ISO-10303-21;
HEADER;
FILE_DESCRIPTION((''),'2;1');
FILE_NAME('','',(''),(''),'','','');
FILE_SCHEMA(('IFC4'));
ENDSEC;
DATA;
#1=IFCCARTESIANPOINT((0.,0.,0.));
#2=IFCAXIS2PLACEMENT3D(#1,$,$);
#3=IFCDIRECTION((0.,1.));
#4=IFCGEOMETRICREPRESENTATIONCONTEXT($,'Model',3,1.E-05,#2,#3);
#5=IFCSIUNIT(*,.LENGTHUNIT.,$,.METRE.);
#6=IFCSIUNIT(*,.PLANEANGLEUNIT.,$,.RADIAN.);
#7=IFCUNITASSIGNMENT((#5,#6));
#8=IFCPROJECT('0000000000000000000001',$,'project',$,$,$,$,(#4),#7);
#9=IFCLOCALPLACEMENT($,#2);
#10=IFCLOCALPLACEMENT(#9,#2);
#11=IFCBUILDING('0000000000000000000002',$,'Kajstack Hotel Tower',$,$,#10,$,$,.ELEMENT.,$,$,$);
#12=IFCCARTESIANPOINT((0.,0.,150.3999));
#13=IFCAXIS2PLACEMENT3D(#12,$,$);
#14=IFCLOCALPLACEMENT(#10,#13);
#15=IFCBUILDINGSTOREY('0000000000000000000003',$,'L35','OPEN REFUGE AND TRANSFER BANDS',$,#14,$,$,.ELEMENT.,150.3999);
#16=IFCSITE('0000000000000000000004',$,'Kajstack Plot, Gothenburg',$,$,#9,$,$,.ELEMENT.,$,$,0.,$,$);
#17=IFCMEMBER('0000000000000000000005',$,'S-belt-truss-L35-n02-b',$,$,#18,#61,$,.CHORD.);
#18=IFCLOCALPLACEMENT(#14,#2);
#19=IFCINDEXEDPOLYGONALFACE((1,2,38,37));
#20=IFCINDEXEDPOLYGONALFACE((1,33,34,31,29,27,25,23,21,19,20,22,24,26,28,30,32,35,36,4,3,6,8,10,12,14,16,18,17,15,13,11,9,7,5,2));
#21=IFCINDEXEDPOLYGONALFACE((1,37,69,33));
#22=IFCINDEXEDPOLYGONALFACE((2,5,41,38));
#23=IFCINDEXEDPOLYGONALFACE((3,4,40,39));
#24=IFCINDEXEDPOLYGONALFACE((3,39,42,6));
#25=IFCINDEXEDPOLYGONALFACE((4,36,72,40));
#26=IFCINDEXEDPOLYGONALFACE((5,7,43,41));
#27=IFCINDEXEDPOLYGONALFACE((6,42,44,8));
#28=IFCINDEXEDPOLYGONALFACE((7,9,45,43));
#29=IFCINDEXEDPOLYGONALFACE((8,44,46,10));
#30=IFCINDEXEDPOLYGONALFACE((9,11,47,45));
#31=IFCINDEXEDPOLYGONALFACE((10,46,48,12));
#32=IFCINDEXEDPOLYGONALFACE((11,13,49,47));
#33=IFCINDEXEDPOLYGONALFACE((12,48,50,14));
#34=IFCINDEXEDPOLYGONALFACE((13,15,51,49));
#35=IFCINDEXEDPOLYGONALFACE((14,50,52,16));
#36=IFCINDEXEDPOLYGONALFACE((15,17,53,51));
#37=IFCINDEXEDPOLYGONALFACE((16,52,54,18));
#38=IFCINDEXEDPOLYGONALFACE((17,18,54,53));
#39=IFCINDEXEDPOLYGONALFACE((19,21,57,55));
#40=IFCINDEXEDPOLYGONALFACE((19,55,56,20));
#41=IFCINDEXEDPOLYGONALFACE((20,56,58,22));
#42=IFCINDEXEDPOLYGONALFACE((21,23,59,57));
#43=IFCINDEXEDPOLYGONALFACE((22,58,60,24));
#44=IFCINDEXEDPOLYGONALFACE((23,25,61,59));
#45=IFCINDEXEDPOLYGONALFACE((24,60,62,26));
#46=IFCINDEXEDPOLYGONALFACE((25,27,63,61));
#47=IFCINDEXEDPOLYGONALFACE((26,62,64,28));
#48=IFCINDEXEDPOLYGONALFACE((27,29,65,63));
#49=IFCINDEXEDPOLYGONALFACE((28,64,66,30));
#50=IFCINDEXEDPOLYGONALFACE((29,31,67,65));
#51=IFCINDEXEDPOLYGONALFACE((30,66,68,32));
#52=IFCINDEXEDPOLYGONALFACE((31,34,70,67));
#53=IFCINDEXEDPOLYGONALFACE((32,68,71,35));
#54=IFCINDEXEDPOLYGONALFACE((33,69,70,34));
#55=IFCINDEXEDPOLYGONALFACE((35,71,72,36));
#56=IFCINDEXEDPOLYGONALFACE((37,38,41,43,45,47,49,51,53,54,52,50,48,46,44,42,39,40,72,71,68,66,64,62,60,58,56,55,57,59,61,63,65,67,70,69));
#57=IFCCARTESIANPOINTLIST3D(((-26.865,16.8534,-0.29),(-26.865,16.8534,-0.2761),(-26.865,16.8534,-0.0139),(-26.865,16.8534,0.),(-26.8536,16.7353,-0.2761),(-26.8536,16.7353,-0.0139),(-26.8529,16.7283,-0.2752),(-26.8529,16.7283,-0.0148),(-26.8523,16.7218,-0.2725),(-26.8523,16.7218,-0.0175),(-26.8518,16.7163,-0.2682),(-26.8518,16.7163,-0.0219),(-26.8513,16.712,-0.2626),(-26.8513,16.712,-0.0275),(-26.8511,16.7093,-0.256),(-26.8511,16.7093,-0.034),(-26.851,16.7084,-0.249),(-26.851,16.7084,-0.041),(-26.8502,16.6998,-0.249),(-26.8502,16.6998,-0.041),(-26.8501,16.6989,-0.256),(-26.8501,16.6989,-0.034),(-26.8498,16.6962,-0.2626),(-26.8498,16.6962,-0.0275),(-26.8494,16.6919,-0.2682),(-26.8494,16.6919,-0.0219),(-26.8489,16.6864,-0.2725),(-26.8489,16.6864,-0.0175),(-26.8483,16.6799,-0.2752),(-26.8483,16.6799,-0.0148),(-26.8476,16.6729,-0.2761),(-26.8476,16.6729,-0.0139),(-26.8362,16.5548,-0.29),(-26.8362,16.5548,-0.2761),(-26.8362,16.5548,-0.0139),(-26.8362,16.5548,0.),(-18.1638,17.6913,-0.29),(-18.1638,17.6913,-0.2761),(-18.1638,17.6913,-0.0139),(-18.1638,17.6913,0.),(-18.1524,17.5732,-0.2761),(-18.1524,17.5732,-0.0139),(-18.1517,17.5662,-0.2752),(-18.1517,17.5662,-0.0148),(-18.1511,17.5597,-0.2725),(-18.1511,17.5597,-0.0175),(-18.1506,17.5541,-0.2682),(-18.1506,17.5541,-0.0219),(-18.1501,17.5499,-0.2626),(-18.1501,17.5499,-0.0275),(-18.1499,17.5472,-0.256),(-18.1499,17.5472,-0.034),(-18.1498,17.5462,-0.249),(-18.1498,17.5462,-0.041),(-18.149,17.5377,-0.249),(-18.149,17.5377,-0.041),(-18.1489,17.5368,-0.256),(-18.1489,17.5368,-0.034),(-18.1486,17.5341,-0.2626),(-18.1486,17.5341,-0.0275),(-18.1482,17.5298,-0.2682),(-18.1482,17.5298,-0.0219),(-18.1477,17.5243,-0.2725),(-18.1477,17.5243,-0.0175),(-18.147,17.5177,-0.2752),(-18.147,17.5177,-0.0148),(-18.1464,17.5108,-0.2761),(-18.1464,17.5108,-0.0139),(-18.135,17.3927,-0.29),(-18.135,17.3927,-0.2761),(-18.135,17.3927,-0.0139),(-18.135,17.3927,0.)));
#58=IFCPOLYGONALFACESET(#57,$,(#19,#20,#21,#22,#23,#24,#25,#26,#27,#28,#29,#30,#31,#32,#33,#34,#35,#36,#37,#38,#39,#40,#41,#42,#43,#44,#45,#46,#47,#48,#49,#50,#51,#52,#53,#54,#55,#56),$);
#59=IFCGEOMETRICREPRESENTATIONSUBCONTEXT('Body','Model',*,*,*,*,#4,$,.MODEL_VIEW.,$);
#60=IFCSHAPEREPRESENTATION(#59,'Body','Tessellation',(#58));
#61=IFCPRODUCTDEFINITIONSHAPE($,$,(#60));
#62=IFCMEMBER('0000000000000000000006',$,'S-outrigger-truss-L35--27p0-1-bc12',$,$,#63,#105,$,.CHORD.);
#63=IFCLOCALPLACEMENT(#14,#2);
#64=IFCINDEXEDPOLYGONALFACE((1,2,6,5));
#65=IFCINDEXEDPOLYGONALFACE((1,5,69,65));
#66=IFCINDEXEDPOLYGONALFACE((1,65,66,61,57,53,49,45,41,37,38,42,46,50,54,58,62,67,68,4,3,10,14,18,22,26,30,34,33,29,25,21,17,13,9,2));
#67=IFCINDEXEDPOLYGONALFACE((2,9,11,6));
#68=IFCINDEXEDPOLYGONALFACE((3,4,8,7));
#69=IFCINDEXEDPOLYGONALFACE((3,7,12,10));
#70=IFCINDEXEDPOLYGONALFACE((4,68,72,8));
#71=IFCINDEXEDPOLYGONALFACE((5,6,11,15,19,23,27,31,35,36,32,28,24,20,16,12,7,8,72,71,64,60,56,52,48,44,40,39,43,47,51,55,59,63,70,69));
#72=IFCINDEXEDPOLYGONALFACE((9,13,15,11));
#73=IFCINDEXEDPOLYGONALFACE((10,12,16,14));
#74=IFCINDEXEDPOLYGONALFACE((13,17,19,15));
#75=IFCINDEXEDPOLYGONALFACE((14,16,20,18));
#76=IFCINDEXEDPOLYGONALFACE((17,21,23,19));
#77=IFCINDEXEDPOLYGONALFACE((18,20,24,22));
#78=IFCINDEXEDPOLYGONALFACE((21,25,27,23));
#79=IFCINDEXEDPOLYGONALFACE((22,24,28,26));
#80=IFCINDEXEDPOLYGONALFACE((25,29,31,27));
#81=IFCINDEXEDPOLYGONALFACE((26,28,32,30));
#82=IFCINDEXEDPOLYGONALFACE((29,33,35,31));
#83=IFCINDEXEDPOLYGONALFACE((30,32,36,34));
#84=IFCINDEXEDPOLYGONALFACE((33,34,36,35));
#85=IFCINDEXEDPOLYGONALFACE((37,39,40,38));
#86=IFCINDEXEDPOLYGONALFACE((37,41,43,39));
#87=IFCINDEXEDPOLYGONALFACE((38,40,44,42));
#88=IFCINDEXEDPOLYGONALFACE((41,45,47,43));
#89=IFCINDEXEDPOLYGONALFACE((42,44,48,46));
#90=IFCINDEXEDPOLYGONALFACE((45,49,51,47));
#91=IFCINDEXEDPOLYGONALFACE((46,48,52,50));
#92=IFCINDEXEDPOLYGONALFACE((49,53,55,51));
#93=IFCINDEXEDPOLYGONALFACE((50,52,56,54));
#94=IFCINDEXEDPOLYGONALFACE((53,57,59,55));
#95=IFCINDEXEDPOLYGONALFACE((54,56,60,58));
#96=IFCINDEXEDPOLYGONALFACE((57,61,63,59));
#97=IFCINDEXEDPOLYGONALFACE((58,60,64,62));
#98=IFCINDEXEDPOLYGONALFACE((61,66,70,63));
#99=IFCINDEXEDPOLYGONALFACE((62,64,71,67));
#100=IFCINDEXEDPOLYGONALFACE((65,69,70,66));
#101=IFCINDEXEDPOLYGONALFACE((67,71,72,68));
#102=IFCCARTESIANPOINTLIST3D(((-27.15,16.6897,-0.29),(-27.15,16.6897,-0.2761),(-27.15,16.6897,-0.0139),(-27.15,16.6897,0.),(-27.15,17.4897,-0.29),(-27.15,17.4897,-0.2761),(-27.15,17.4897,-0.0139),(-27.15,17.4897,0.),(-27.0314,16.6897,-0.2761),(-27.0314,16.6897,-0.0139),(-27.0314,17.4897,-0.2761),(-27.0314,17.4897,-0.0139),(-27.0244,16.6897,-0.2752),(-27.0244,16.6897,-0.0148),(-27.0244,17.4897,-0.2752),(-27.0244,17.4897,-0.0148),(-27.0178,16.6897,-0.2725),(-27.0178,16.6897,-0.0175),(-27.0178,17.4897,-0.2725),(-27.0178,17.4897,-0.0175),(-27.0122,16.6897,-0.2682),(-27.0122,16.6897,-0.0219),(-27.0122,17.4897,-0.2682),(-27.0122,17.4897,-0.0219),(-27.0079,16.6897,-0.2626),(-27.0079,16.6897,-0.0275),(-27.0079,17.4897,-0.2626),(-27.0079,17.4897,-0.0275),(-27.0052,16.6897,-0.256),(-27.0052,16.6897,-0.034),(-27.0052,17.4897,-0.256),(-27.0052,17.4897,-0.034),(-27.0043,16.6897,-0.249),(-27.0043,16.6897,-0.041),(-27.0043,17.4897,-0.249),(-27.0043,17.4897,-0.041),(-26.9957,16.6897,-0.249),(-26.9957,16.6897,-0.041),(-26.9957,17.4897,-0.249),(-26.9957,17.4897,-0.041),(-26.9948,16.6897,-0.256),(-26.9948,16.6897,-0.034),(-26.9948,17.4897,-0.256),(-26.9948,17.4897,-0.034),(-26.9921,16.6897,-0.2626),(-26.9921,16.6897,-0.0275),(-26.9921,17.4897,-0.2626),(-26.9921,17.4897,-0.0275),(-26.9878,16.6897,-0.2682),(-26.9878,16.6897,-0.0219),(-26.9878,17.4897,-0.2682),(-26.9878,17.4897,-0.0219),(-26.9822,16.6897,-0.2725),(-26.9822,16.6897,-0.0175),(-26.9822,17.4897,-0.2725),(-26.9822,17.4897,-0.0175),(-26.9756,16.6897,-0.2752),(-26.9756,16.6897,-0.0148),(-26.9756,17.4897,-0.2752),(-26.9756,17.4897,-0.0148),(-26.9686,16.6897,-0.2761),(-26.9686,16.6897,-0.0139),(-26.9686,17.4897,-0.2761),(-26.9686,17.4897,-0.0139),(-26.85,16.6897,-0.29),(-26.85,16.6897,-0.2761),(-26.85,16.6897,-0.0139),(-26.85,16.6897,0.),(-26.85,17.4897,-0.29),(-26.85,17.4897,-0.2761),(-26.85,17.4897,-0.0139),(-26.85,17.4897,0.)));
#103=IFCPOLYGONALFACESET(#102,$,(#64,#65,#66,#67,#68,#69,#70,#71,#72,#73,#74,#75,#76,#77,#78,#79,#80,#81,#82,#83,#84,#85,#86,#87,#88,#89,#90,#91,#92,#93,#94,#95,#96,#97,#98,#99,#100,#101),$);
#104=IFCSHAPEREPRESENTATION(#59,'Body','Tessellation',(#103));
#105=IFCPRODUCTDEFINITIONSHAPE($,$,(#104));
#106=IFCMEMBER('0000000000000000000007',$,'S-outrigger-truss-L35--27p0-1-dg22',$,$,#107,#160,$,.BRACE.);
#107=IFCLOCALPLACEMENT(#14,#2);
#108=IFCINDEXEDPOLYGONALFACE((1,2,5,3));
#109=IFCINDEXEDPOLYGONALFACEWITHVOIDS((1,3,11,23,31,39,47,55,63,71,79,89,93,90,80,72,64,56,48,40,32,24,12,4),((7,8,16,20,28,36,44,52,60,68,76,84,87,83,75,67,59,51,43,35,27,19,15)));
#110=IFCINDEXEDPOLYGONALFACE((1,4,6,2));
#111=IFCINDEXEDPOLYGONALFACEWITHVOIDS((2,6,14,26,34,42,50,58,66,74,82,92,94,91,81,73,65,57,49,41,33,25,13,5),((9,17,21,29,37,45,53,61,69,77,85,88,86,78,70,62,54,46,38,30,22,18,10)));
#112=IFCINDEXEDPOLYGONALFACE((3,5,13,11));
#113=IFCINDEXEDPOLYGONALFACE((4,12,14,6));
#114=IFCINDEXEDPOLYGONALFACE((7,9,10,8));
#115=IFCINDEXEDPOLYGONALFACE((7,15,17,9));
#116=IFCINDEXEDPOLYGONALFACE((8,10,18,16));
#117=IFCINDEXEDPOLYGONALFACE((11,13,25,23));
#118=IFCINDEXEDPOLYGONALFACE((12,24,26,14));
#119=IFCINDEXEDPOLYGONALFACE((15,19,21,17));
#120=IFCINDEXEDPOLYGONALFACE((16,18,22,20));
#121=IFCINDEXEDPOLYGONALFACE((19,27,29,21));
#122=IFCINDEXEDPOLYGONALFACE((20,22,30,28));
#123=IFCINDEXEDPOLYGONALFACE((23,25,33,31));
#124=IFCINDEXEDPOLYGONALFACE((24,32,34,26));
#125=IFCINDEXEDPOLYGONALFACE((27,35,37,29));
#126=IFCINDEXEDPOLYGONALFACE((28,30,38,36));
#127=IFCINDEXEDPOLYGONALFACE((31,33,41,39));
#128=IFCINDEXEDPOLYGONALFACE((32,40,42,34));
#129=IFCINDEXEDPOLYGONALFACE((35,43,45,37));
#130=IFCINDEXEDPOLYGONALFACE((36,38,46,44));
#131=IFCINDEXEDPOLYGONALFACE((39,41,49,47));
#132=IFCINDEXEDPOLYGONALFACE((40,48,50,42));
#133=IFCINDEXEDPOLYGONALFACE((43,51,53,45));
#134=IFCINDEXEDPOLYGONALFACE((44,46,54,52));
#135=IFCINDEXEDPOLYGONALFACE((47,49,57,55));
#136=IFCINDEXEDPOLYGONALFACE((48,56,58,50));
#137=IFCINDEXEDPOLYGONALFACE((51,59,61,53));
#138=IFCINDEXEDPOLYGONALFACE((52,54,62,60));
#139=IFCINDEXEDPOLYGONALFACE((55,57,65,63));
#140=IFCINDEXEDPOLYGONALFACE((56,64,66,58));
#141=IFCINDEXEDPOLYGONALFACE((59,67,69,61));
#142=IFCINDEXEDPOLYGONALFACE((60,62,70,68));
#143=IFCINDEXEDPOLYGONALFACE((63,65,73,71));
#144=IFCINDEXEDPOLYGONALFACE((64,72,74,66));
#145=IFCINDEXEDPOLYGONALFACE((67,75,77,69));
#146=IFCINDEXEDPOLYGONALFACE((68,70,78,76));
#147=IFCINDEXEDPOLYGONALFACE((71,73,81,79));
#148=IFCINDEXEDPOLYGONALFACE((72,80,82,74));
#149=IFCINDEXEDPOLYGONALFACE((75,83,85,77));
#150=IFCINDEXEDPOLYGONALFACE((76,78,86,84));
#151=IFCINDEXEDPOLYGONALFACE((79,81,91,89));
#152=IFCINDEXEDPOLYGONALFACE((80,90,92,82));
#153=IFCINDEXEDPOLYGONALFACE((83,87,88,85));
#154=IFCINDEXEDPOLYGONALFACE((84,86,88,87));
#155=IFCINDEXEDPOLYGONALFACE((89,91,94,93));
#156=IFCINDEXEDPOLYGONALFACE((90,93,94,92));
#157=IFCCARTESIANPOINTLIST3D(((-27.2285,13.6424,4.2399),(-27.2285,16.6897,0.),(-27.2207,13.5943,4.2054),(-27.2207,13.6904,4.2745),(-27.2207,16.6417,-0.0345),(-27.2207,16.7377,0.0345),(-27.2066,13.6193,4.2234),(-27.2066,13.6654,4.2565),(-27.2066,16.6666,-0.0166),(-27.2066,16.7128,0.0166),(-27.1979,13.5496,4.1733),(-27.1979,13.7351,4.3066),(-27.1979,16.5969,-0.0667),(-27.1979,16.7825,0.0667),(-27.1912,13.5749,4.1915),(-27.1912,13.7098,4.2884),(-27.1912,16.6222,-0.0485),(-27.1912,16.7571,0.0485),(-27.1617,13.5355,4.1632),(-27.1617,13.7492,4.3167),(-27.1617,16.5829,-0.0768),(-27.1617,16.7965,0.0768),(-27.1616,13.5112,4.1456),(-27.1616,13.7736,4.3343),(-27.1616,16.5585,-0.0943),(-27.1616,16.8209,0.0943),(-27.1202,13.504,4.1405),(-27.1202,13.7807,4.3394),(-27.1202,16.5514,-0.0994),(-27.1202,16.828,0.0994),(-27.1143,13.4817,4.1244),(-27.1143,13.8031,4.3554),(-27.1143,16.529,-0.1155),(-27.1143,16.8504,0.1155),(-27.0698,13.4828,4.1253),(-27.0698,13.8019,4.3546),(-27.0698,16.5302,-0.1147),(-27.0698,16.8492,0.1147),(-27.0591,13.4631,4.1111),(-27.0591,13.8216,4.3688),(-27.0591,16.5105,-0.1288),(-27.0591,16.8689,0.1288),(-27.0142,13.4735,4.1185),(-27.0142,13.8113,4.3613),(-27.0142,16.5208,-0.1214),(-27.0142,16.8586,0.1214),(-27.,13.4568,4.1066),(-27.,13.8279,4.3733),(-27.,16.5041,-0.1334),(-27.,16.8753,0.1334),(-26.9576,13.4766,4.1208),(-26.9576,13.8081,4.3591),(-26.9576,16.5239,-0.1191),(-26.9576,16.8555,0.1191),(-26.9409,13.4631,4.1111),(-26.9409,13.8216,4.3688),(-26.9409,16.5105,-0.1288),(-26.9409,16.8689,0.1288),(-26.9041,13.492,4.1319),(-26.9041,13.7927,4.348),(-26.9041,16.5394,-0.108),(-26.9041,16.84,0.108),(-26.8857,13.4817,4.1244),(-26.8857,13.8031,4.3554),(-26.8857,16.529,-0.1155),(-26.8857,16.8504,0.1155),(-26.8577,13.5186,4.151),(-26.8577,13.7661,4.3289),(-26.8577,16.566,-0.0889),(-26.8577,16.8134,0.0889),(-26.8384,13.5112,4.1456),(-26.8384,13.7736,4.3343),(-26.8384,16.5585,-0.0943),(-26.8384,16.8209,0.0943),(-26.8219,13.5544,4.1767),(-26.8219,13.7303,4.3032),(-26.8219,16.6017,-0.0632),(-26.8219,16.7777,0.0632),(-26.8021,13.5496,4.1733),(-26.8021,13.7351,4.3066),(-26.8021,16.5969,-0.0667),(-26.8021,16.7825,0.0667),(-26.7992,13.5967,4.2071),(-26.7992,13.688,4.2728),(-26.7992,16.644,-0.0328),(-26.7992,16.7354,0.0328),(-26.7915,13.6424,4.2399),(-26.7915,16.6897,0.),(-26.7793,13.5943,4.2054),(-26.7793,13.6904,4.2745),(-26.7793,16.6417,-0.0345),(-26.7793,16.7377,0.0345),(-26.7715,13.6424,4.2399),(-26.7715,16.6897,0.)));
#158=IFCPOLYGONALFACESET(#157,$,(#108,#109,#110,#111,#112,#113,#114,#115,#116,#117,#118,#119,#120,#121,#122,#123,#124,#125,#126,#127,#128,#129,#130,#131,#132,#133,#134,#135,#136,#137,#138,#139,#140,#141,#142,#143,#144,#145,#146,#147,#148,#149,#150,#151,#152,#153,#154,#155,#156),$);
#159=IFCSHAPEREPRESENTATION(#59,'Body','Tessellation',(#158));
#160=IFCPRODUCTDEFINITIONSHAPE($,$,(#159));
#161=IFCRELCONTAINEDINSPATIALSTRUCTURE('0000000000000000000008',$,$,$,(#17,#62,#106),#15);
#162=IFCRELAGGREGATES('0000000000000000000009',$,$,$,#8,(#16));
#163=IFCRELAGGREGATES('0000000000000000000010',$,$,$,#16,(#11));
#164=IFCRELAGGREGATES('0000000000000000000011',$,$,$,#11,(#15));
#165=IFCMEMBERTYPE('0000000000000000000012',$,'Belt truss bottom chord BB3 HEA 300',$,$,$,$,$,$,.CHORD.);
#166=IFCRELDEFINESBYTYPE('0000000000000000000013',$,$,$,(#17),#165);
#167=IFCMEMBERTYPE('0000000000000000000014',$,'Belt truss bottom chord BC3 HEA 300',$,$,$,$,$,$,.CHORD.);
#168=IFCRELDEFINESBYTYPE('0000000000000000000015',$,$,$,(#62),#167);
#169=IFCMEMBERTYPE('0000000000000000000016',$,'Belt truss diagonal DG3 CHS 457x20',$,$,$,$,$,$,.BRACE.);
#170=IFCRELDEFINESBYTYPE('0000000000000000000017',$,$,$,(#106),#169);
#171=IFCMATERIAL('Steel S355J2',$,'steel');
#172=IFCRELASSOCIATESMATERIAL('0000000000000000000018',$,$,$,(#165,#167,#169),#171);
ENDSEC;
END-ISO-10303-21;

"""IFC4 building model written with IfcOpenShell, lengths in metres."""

from ifc_helpers import new_model, si_unit, direction, frame, origin, origin_2d, place, context, subcontext, project, spatial, hollow_circle, i_section, extrude, material, material_profile, profile_set, type_object, element, save


model = new_model("IFC4")

# Units and contexts
model_context = context("Model", 3, precision=1e-05, world=origin(), true_north=direction((0.0, 1.0)))
body_context = subcontext(model_context, "Body", "Model", "MODEL_VIEW")
ifc_project = project(units=[si_unit("LENGTHUNIT", "METRE"), si_unit("PLANEANGLEUNIT", "RADIAN")], contexts=[model_context])

# Site, building, storey
site_placement = place(None, origin())
site = spatial("IfcSite", under=ifc_project, at=site_placement, Name="Kajstack Plot, Gothenburg", CompositionType="ELEMENT", RefElevation=0.0)
building_placement = place(site_placement, origin())
building = spatial("IfcBuilding", under=site, at=building_placement, Name="Kajstack Hotel Tower", CompositionType="ELEMENT")
storey_placement = place(building_placement, frame((0.0, 0.0, 150.3999)))
storey = spatial("IfcBuildingStorey", under=building, at=storey_placement, Name="L35", Description="OPEN REFUGE AND TRANSFER BANDS", CompositionType="ELEMENT", Elevation=150.3999)

# Members
ifc_material_1 = material(Name="Steel S355J2", Category="steel")
ifc_material_profile_1 = material_profile(ifc_material_1, i_section(OverallWidth=0.3, OverallDepth=0.29, WebThickness=0.0085, FlangeThickness=0.0139, FilletRadius=0.0271, at=origin_2d()), Name="HEA 300")
ifc_profile_set_1 = profile_set([ifc_material_profile_1], Name="Steel S355J2")
member_type_1 = type_object("IfcMemberType", Name="Belt truss bottom chord BB3 HEA 300", PredefinedType="CHORD", material=ifc_profile_set_1)
member_1_placement = place(storey_placement, frame((-26.8506, 16.7041, -0.145), z_axis=(0.995396, 0.095853, 0.0), x_axis=(-0.095853, 0.995396, 0.0)))
element("IfcMember", 1, at=member_1_placement, inside=storey, type_object=member_type_1, Name="S-belt-truss-L35-n02-b", PredefinedType="CHORD", context=body_context, shape_type="SweptSolid", body=[
    extrude(i_section(OverallWidth=0.3, OverallDepth=0.29, WebThickness=0.0085, FlangeThickness=0.0139, FilletRadius=0.0271, at=origin_2d()), origin(), (0.0, 0.0, 1.0), 8.7415),
])
ifc_material_profile_2 = material_profile(ifc_material_1, i_section(OverallWidth=0.3, OverallDepth=0.29, WebThickness=0.0085, FlangeThickness=0.0139, FilletRadius=0.0271, at=origin_2d()), Name="HEA 300")
ifc_profile_set_2 = profile_set([ifc_material_profile_2], Name="Steel S355J2")
member_type_2 = type_object("IfcMemberType", Name="Belt truss bottom chord BC3 HEA 300", PredefinedType="CHORD", material=ifc_profile_set_2)
member_2_placement = place(storey_placement, frame((-27.0, 16.6897, -0.145), z_axis=(0.0, 1.0, 0.0), x_axis=(-1.0, 0.0, 0.0)))
element("IfcMember", 2, at=member_2_placement, inside=storey, type_object=member_type_2, Name="S-outrigger-truss-L35--27p0-1-bc12", PredefinedType="CHORD", context=body_context, shape_type="SweptSolid", body=[
    extrude(i_section(OverallWidth=0.3, OverallDepth=0.29, WebThickness=0.0085, FlangeThickness=0.0139, FilletRadius=0.0271, at=origin_2d()), origin(), (0.0, 0.0, 1.0), 0.8),
])
ifc_material_profile_3 = material_profile(ifc_material_1, hollow_circle(Radius=0.2285, WallThickness=0.02, at=origin_2d()), Name="CHS 457x20")
ifc_profile_set_3 = profile_set([ifc_material_profile_3], Name="Steel S355J2")
member_type_3 = type_object("IfcMemberType", Name="Belt truss diagonal DG3 CHS 457x20", PredefinedType="BRACE", material=ifc_profile_set_3)
member_3_placement = place(storey_placement, frame((-27.0, 16.6897, 0.0), z_axis=(0.0, -0.58362, 0.812027), x_axis=(1.0, 0.0, 0.0)))
element("IfcMember", 3, at=member_3_placement, inside=storey, type_object=member_type_3, Name="S-outrigger-truss-L35--27p0-1-dg22", PredefinedType="BRACE", context=body_context, shape_type="SweptSolid", body=[
    extrude(hollow_circle(Radius=0.2285, WallThickness=0.02, at=origin_2d()), origin(), (0.0, 0.0, 1.0), 5.2214),
])

save(model, "model.ifc")
